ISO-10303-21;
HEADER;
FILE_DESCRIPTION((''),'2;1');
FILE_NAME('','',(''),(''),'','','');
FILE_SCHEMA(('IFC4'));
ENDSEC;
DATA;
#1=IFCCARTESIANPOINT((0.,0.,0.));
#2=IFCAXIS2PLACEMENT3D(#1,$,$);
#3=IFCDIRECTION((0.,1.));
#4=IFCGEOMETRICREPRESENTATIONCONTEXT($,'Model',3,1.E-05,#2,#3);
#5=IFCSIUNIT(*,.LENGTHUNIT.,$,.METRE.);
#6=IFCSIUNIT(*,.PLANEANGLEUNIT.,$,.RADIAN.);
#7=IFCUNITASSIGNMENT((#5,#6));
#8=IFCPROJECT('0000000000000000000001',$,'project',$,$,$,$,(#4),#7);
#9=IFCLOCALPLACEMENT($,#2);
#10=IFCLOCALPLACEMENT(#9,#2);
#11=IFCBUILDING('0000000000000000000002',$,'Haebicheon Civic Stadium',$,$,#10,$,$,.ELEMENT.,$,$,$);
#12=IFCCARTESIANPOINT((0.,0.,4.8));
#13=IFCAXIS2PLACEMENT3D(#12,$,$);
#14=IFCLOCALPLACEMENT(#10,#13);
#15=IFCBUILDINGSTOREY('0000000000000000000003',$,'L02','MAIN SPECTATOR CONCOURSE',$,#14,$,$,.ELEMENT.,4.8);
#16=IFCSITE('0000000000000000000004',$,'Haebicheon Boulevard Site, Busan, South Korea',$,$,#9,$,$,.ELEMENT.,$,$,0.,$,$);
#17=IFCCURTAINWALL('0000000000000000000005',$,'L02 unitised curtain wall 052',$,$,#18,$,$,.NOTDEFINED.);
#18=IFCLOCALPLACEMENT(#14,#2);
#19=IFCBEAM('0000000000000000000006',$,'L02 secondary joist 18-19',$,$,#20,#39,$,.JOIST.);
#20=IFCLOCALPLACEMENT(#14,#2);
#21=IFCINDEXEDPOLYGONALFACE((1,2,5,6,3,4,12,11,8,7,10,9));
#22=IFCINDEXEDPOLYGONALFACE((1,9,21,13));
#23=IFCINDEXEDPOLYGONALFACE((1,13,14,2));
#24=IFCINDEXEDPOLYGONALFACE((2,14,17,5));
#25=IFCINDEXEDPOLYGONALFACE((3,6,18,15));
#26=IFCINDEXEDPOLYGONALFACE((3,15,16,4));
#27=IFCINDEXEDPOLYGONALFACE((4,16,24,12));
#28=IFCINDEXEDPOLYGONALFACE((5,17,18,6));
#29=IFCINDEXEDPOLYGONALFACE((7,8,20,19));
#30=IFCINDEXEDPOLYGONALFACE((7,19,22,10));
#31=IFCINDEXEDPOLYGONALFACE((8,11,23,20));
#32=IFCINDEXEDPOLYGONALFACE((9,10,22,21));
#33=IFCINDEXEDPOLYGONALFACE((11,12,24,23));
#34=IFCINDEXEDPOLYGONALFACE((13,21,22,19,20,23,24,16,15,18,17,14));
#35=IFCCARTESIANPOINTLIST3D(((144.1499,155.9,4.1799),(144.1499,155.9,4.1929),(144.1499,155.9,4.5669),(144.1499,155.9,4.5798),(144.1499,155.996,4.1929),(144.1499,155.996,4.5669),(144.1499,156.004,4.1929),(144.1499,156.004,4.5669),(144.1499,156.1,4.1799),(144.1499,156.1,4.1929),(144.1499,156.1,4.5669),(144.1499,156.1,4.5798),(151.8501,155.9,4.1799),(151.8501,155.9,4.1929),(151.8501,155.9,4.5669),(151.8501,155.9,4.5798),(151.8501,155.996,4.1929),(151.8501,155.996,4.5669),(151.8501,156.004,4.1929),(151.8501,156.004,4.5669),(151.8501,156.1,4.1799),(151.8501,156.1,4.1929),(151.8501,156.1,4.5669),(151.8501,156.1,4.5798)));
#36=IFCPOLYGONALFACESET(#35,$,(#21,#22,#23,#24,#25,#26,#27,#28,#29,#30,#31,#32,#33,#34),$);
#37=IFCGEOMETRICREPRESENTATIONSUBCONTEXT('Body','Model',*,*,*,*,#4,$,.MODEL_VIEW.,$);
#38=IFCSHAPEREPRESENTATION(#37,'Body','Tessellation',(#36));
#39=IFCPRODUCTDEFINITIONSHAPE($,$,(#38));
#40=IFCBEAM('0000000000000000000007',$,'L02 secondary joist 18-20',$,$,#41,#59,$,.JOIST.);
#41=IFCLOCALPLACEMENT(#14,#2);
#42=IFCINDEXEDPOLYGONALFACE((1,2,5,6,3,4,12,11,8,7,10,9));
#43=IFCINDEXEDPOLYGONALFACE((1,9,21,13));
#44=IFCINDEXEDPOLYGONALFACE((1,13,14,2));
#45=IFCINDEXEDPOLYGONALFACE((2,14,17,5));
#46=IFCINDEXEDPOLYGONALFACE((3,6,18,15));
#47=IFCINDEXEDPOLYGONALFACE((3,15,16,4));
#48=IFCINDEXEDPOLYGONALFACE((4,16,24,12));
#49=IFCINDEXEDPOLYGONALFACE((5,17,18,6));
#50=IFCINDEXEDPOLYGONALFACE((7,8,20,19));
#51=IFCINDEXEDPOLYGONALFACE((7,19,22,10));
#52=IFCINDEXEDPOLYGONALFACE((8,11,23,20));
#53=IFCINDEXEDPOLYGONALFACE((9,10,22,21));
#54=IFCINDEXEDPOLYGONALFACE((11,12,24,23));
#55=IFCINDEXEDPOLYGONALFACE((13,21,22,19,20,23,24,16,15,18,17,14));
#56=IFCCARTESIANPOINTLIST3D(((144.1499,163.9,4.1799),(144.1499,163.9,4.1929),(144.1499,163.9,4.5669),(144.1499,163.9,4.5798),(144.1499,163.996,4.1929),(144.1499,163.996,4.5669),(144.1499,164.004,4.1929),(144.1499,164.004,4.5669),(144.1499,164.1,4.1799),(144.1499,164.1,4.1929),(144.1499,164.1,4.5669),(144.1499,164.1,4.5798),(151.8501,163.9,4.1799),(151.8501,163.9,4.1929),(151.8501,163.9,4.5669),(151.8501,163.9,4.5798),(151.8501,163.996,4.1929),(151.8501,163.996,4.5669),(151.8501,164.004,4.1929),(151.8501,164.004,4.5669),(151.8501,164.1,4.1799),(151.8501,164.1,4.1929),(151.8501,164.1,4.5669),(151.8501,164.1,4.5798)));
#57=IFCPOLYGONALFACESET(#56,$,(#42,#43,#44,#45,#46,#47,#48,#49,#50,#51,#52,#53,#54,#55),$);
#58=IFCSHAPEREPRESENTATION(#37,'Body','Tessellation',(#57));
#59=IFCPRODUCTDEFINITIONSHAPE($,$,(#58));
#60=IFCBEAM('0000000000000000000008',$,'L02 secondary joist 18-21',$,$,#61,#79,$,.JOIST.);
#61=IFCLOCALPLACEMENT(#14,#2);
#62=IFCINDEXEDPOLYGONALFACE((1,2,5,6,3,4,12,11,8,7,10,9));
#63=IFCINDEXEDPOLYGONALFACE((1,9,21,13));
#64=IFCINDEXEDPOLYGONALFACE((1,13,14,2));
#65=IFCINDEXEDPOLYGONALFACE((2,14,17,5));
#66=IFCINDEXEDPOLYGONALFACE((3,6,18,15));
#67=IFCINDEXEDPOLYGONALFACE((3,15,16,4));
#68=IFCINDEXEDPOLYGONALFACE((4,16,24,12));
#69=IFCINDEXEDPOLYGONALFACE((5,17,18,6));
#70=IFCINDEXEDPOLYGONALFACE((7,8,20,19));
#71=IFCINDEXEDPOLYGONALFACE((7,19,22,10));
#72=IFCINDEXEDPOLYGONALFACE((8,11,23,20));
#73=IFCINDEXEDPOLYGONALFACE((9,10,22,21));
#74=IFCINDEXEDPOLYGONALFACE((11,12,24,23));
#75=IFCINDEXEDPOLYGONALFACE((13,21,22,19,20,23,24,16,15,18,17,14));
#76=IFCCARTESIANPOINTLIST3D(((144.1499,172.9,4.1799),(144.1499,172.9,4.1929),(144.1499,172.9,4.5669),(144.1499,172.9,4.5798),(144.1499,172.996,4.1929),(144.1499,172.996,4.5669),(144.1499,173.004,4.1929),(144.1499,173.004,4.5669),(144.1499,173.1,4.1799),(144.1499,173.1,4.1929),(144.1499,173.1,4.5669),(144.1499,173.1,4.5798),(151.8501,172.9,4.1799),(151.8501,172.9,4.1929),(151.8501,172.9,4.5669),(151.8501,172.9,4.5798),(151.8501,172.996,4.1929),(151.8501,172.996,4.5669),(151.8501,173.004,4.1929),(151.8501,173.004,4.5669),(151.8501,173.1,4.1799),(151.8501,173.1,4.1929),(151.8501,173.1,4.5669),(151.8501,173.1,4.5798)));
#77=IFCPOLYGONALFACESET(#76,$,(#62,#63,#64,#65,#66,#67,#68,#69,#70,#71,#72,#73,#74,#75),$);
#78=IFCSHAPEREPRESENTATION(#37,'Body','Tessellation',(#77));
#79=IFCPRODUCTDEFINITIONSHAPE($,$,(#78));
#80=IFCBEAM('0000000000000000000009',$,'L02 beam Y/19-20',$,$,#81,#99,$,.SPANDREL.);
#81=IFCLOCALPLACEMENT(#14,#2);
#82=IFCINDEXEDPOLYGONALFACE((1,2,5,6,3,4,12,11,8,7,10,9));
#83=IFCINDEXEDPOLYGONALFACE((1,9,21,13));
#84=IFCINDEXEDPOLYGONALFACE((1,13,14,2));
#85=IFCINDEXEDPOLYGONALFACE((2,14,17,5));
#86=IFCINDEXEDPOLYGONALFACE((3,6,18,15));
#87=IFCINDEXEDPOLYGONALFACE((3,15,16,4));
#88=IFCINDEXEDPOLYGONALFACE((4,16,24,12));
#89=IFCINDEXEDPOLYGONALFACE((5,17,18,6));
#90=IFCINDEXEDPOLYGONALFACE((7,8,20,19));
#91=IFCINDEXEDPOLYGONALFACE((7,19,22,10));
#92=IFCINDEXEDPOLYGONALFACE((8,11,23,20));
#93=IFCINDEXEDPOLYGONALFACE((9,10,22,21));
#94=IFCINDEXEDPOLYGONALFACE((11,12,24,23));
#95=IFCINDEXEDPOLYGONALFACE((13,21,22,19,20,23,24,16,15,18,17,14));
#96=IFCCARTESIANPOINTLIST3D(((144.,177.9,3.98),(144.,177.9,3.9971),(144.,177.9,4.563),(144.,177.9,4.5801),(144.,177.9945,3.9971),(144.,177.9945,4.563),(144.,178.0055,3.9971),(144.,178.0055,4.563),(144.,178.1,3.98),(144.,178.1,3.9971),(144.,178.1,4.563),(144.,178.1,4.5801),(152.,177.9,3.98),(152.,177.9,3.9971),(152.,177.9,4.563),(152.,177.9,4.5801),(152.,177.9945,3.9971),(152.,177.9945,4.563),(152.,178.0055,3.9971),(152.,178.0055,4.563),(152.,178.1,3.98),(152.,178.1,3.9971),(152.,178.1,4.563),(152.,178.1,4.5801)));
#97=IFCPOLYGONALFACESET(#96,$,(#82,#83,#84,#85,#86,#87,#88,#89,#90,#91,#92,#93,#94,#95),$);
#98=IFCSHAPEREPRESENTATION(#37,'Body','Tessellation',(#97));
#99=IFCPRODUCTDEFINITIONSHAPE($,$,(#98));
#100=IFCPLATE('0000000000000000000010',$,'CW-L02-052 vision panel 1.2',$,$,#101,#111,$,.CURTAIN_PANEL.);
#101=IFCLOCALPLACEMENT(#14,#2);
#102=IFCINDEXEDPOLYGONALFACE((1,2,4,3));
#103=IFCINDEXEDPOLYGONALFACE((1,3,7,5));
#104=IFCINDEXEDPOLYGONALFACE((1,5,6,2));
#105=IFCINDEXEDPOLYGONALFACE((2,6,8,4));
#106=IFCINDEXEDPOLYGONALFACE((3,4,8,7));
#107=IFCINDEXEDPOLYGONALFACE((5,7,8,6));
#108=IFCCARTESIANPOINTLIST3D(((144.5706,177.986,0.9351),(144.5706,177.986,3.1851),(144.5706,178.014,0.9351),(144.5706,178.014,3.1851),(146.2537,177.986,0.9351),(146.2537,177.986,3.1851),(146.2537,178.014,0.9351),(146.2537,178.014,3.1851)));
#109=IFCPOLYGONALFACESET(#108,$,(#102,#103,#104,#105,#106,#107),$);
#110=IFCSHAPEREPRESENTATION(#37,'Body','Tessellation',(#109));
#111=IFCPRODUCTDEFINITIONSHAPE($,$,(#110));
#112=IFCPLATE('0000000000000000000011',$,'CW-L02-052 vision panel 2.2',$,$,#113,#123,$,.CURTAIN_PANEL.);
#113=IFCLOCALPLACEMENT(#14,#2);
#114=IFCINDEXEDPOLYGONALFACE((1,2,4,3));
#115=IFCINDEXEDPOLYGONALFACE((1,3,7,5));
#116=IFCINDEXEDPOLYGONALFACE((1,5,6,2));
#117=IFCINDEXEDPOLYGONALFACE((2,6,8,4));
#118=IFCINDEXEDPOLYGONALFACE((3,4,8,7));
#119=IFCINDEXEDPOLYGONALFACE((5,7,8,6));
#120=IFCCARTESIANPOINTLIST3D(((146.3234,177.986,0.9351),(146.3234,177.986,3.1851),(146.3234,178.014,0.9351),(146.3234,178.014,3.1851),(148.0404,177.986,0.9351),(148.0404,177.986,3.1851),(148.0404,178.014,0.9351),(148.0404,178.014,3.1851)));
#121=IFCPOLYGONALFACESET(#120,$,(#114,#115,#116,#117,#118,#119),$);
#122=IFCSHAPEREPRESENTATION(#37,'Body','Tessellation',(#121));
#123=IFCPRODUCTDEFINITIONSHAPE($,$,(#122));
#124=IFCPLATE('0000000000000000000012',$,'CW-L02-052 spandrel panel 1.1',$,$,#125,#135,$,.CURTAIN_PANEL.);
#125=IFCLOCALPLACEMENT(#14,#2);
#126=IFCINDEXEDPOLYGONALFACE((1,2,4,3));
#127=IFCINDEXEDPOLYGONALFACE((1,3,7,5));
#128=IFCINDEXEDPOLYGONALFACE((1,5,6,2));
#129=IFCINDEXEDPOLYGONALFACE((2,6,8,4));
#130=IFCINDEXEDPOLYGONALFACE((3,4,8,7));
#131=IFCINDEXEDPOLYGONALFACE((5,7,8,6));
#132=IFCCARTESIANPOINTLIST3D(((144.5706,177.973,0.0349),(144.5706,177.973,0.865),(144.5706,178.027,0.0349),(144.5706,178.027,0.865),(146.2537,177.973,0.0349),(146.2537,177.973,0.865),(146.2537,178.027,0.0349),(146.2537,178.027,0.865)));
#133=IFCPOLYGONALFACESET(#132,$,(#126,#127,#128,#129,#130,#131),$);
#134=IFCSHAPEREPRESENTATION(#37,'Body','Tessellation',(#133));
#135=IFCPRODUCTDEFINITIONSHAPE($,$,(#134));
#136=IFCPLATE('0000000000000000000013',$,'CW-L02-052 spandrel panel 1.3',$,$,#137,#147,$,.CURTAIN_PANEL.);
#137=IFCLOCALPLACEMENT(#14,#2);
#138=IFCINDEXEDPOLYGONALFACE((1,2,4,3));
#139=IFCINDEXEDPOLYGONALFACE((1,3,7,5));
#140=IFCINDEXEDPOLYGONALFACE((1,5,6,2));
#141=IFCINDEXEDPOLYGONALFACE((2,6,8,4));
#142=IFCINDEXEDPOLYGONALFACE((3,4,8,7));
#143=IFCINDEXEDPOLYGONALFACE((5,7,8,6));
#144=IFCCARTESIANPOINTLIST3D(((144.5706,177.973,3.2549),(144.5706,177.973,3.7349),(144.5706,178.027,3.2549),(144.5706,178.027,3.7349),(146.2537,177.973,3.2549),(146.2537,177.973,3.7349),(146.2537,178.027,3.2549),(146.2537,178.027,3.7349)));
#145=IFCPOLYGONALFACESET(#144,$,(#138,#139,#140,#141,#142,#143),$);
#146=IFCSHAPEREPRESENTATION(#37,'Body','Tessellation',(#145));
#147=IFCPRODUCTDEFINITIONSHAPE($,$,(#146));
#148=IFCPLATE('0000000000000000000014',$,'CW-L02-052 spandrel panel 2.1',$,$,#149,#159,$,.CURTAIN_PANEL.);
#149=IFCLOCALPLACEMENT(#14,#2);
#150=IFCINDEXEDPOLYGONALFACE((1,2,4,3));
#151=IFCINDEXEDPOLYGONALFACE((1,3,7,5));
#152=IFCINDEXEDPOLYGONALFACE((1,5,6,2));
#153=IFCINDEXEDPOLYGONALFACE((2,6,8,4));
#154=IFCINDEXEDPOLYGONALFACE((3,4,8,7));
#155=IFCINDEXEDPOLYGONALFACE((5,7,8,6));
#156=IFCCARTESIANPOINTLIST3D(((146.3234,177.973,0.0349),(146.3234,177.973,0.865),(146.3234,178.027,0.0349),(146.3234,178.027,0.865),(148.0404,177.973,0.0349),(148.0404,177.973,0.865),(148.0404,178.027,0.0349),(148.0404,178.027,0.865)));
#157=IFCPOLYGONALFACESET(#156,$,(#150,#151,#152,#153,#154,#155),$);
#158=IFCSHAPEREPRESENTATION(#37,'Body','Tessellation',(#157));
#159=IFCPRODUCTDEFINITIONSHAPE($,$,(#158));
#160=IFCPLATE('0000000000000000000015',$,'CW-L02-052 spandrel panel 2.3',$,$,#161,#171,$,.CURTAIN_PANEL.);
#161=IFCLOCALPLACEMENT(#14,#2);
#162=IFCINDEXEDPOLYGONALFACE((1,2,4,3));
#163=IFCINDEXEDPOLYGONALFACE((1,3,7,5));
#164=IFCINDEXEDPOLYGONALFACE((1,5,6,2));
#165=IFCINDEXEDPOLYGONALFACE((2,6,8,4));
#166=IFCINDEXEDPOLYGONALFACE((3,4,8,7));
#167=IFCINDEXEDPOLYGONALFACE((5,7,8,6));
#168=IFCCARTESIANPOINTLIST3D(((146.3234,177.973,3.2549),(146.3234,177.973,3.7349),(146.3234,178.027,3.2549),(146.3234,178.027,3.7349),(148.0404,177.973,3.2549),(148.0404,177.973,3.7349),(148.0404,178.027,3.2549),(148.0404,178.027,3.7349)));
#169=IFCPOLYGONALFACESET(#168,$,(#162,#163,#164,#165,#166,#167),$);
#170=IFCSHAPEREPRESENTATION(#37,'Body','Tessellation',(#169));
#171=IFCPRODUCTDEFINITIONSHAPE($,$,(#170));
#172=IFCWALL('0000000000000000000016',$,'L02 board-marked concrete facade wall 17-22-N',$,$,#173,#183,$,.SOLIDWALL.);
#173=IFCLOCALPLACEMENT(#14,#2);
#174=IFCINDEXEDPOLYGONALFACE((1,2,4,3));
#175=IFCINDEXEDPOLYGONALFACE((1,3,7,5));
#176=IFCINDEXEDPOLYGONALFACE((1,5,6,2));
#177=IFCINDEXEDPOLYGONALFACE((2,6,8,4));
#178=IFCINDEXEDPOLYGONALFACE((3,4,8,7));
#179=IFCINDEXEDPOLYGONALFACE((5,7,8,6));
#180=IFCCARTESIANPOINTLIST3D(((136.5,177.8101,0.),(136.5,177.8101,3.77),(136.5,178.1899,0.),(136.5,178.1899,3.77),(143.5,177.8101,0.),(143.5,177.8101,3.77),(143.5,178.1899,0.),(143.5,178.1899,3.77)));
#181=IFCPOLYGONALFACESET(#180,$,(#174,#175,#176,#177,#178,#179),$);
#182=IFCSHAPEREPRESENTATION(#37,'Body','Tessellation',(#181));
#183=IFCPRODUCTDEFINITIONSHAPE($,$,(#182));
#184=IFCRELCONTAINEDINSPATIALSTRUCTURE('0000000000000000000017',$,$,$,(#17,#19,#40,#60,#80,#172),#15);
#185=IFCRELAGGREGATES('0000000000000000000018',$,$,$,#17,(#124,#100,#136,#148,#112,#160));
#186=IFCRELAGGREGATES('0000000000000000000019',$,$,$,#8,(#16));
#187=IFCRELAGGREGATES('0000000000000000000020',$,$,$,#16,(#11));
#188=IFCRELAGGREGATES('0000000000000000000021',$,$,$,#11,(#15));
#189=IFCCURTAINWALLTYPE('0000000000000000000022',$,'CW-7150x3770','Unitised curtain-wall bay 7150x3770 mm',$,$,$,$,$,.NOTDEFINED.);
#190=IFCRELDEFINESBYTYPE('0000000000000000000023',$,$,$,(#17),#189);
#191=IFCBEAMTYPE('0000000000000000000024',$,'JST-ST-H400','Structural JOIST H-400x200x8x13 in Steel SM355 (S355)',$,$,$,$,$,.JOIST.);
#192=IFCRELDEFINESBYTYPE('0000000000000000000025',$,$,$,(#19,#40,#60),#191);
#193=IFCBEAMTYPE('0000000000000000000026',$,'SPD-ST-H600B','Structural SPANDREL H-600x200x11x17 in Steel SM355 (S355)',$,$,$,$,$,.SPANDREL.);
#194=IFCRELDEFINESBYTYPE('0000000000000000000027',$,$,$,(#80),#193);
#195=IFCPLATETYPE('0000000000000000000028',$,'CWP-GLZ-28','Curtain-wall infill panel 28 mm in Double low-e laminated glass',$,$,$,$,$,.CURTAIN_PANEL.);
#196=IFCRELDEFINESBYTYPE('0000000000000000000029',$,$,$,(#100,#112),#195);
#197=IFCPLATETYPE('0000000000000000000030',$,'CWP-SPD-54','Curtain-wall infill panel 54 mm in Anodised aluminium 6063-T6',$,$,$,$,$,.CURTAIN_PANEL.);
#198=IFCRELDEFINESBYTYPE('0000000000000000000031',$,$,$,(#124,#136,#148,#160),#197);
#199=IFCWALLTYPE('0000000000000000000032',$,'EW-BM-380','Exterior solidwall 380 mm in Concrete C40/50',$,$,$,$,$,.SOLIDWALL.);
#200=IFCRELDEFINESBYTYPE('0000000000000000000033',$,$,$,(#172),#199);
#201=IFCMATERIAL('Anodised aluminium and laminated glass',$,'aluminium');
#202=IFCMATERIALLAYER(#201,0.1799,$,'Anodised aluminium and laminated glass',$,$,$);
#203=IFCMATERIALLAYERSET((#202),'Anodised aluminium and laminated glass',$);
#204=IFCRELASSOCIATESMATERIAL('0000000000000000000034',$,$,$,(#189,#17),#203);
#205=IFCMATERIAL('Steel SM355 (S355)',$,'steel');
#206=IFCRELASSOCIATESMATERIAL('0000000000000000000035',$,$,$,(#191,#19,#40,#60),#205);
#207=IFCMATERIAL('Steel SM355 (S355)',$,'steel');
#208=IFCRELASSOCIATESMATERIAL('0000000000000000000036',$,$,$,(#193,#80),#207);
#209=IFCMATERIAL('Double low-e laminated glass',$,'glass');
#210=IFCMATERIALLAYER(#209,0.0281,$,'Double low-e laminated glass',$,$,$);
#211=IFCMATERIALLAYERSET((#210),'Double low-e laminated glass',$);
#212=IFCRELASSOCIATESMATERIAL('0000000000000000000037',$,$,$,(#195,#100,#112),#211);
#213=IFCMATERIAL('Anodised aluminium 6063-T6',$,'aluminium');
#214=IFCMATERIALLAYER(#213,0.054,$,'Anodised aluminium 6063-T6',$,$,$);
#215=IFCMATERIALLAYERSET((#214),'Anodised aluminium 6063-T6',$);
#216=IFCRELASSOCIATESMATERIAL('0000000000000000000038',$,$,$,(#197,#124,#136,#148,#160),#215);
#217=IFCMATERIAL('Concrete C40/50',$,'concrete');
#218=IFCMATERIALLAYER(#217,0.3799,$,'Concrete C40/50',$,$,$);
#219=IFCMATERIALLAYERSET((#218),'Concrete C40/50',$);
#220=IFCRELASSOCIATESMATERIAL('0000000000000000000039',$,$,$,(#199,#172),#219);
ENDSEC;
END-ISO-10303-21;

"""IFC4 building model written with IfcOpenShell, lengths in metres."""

from ifc_helpers import new_model, si_unit, direction, frame, frame_2d, origin, origin_2d, place, context, subcontext, project, spatial, rectangle, i_section, extrude, material, layer, layer_set, material_profile, profile_set, type_object, element, aggregate, save


model = new_model("IFC4")

# Units and contexts
model_context = context("Model", 3, precision=1e-05, world=origin(), true_north=direction((0.0, 1.0)))
body_context = subcontext(model_context, "Body", "Model", "MODEL_VIEW")
ifc_project = project(units=[si_unit("LENGTHUNIT", "METRE"), si_unit("PLANEANGLEUNIT", "RADIAN")], contexts=[model_context])

# Site, building, storey
site_placement = place(None, origin())
site = spatial("IfcSite", under=ifc_project, at=site_placement, Name="Haebicheon Boulevard Site, Busan, South Korea", CompositionType="ELEMENT", RefElevation=0.0)
building_placement = place(site_placement, origin())
building = spatial("IfcBuilding", under=site, at=building_placement, Name="Haebicheon Civic Stadium", CompositionType="ELEMENT")
storey_placement = place(building_placement, frame((0.0, 0.0, 4.8)))
storey = spatial("IfcBuildingStorey", under=building, at=storey_placement, Name="L02", Description="MAIN SPECTATOR CONCOURSE", CompositionType="ELEMENT", Elevation=4.8)

# Curtain wall
ifc_material_1 = material(Name="Anodised aluminium and laminated glass", Category="aluminium")
ifc_layer_1 = layer(ifc_material_1, 0.1799, Name="Anodised aluminium and laminated glass")
ifc_layer_set_1 = layer_set([ifc_layer_1], Name="Anodised aluminium and laminated glass")
curtain_wall_type = type_object("IfcCurtainWallType", Name="CW-7150x3770", Description="Unitised curtain-wall bay 7150x3770 mm", PredefinedType="NOTDEFINED", material=ifc_layer_set_1)
curtain_wall_placement = place(storey_placement, origin())
curtain_wall = element("IfcCurtainWall", 1, at=curtain_wall_placement, inside=storey, type_object=curtain_wall_type, material=ifc_layer_set_1, Name="L02 unitised curtain wall 052", PredefinedType="NOTDEFINED")

# Beams
ifc_material_2 = material(Name="Steel SM355 (S355)", Category="steel")
ifc_material_profile_1 = material_profile(ifc_material_2, i_section(OverallWidth=0.2, OverallDepth=0.3999, WebThickness=0.0081, FlangeThickness=0.0129, at=origin_2d()), Name="H-400x200x8x13")
ifc_profile_set_1 = profile_set([ifc_material_profile_1], Name="Steel SM355 (S355)")
beam_type_1 = type_object("IfcBeamType", Name="JST-ST-H400", Description="Structural JOIST H-400x200x8x13 in Steel SM355 (S355)", PredefinedType="JOIST", material=ifc_profile_set_1)
for number, where, z_axis, x_axis, name in (
    (2, (144.1499, 156.0, 4.3799), (1.0, 0.0, 0.0), (0.0, 1.0, 0.0), "L02 secondary joist 18-19"),
    (3, (144.1499, 164.0, 4.3799), (1.0, 0.0, 0.0), (0.0, 1.0, 0.0), "L02 secondary joist 18-20"),
    (4, (144.1499, 173.0, 4.3799), (1.0, 0.0, 0.0), (0.0, 1.0, 0.0), "L02 secondary joist 18-21"),
):
    element("IfcBeam", number, at=place(storey_placement, frame(where, z_axis=z_axis, x_axis=x_axis)), inside=storey, type_object=beam_type_1, material=ifc_profile_set_1, Name=name, PredefinedType="JOIST", context=body_context, shape_type="SweptSolid", body=[
        extrude(i_section(OverallWidth=0.2, OverallDepth=0.3999, WebThickness=0.0081, FlangeThickness=0.0129, at=origin_2d()), origin(), (0.0, 0.0, 1.0), 7.7002),
    ])
ifc_material_3 = material(Name="Steel SM355 (S355)", Category="steel")
ifc_material_profile_2 = material_profile(ifc_material_3, i_section(OverallWidth=0.2, OverallDepth=0.6001, WebThickness=0.011, FlangeThickness=0.0171, at=origin_2d()), Name="H-600x200x11x17")
ifc_profile_set_2 = profile_set([ifc_material_profile_2], Name="Steel SM355 (S355)")
beam_type_2 = type_object("IfcBeamType", Name="SPD-ST-H600B", Description="Structural SPANDREL H-600x200x11x17 in Steel SM355 (S355)", PredefinedType="SPANDREL", material=ifc_profile_set_2)
beam_1_placement = place(storey_placement, frame((144.0, 178.0, 4.28), z_axis=(1.0, 0.0, 0.0), x_axis=(0.0, 1.0, 0.0)))
element("IfcBeam", 5, at=beam_1_placement, inside=storey, type_object=beam_type_2, material=ifc_profile_set_2, Name="L02 beam Y/19-20", PredefinedType="SPANDREL", context=body_context, shape_type="SweptSolid", body=[
    extrude(i_section(OverallWidth=0.2, OverallDepth=0.6001, WebThickness=0.011, FlangeThickness=0.0171, at=origin_2d()), origin(), (0.0, 0.0, 1.0), 8.0),
])

# Plates
ifc_material_4 = material(Name="Double low-e laminated glass", Category="glass")
ifc_layer_2 = layer(ifc_material_4, 0.0281, Name="Double low-e laminated glass")
ifc_layer_set_2 = layer_set([ifc_layer_2], Name="Double low-e laminated glass")
plate_type_1 = type_object("IfcPlateType", Name="CWP-GLZ-28", Description="Curtain-wall infill panel 28 mm in Double low-e laminated glass", PredefinedType="CURTAIN_PANEL", material=ifc_layer_set_2)
plate_1_placement = place(storey_placement, frame((145.4121, 178.0, 0.9351), z_axis=(0.0, 0.0, 1.0), x_axis=(1.0, 0.0, 0.0)))
plate_1 = element("IfcPlate", 6, at=plate_1_placement, type_object=plate_type_1, material=ifc_layer_set_2, Name="CW-L02-052 vision panel 1.2", PredefinedType="CURTAIN_PANEL", context=body_context, shape_type="SweptSolid", body=[
    extrude(rectangle(XDim=1.6831, YDim=0.0281, at=origin_2d()), origin(), (0.0, 0.0, 1.0), 2.25),
])
plate_2_placement = place(storey_placement, frame((147.1819, 178.0, 0.9351), z_axis=(0.0, 0.0, 1.0), x_axis=(1.0, 0.0, 0.0)))
plate_2 = element("IfcPlate", 7, at=plate_2_placement, type_object=plate_type_1, material=ifc_layer_set_2, Name="CW-L02-052 vision panel 2.2", PredefinedType="CURTAIN_PANEL", context=body_context, shape_type="SweptSolid", body=[
    extrude(rectangle(XDim=1.717, YDim=0.0281, at=origin_2d()), origin(), (0.0, 0.0, 1.0), 2.25),
])
ifc_material_5 = material(Name="Anodised aluminium 6063-T6", Category="aluminium")
ifc_layer_3 = layer(ifc_material_5, 0.054, Name="Anodised aluminium 6063-T6")
ifc_layer_set_3 = layer_set([ifc_layer_3], Name="Anodised aluminium 6063-T6")
plate_type_2 = type_object("IfcPlateType", Name="CWP-SPD-54", Description="Curtain-wall infill panel 54 mm in Anodised aluminium 6063-T6", PredefinedType="CURTAIN_PANEL", material=ifc_layer_set_3)
plate_3_placement = place(storey_placement, frame((145.4121, 178.0, 0.0349), z_axis=(0.0, 0.0, 1.0), x_axis=(1.0, 0.0, 0.0)))
plate_3 = element("IfcPlate", 8, at=plate_3_placement, type_object=plate_type_2, material=ifc_layer_set_3, Name="CW-L02-052 spandrel panel 1.1", PredefinedType="CURTAIN_PANEL", context=body_context, shape_type="SweptSolid", body=[
    extrude(rectangle(XDim=1.6831, YDim=0.054, at=origin_2d()), origin(), (0.0, 0.0, 1.0), 0.8301),
])
plate_4_placement = place(storey_placement, frame((145.4121, 178.0, 3.2549), z_axis=(0.0, 0.0, 1.0), x_axis=(1.0, 0.0, 0.0)))
plate_4 = element("IfcPlate", 9, at=plate_4_placement, type_object=plate_type_2, material=ifc_layer_set_3, Name="CW-L02-052 spandrel panel 1.3", PredefinedType="CURTAIN_PANEL", context=body_context, shape_type="SweptSolid", body=[
    extrude(rectangle(XDim=1.6831, YDim=0.054, at=origin_2d()), origin(), (0.0, 0.0, 1.0), 0.48),
])
plate_5_placement = place(storey_placement, frame((147.1819, 178.0, 0.0349), z_axis=(0.0, 0.0, 1.0), x_axis=(1.0, 0.0, 0.0)))
plate_5 = element("IfcPlate", 10, at=plate_5_placement, type_object=plate_type_2, material=ifc_layer_set_3, Name="CW-L02-052 spandrel panel 2.1", PredefinedType="CURTAIN_PANEL", context=body_context, shape_type="SweptSolid", body=[
    extrude(rectangle(XDim=1.717, YDim=0.054, at=origin_2d()), origin(), (0.0, 0.0, 1.0), 0.8301),
])
plate_6_placement = place(storey_placement, frame((147.1819, 178.0, 3.2549), z_axis=(0.0, 0.0, 1.0), x_axis=(1.0, 0.0, 0.0)))
plate_6 = element("IfcPlate", 11, at=plate_6_placement, type_object=plate_type_2, material=ifc_layer_set_3, Name="CW-L02-052 spandrel panel 2.3", PredefinedType="CURTAIN_PANEL", context=body_context, shape_type="SweptSolid", body=[
    extrude(rectangle(XDim=1.717, YDim=0.054, at=origin_2d()), origin(), (0.0, 0.0, 1.0), 0.48),
])
aggregate(curtain_wall, [plate_3, plate_1, plate_4, plate_5, plate_2, plate_6])

# Wall
ifc_material_6 = material(Name="Concrete C40/50", Category="concrete")
ifc_layer_4 = layer(ifc_material_6, 0.3799, Name="Concrete C40/50")
ifc_layer_set_4 = layer_set([ifc_layer_4], Name="Concrete C40/50")
wall_type_1 = type_object("IfcWallType", Name="EW-BM-380", Description="Exterior solidwall 380 mm in Concrete C40/50", PredefinedType="SOLIDWALL", material=ifc_layer_set_4)
wall_1_placement = place(storey_placement, frame((136.5, 178.0, 0.0), z_axis=(0.0, 0.0, 1.0), x_axis=(1.0, 0.0, 0.0)))
element("IfcWall", 12, at=wall_1_placement, inside=storey, type_object=wall_type_1, material=ifc_layer_set_4, Name="L02 board-marked concrete facade wall 17-22-N", PredefinedType="SOLIDWALL", context=body_context, shape_type="SweptSolid", body=[
    extrude(rectangle(XDim=7.0, YDim=0.3799, at=frame_2d((3.5, 0.0))), origin(), (0.0, 0.0, 1.0), 3.77),
])

save(model, "model.ifc")
